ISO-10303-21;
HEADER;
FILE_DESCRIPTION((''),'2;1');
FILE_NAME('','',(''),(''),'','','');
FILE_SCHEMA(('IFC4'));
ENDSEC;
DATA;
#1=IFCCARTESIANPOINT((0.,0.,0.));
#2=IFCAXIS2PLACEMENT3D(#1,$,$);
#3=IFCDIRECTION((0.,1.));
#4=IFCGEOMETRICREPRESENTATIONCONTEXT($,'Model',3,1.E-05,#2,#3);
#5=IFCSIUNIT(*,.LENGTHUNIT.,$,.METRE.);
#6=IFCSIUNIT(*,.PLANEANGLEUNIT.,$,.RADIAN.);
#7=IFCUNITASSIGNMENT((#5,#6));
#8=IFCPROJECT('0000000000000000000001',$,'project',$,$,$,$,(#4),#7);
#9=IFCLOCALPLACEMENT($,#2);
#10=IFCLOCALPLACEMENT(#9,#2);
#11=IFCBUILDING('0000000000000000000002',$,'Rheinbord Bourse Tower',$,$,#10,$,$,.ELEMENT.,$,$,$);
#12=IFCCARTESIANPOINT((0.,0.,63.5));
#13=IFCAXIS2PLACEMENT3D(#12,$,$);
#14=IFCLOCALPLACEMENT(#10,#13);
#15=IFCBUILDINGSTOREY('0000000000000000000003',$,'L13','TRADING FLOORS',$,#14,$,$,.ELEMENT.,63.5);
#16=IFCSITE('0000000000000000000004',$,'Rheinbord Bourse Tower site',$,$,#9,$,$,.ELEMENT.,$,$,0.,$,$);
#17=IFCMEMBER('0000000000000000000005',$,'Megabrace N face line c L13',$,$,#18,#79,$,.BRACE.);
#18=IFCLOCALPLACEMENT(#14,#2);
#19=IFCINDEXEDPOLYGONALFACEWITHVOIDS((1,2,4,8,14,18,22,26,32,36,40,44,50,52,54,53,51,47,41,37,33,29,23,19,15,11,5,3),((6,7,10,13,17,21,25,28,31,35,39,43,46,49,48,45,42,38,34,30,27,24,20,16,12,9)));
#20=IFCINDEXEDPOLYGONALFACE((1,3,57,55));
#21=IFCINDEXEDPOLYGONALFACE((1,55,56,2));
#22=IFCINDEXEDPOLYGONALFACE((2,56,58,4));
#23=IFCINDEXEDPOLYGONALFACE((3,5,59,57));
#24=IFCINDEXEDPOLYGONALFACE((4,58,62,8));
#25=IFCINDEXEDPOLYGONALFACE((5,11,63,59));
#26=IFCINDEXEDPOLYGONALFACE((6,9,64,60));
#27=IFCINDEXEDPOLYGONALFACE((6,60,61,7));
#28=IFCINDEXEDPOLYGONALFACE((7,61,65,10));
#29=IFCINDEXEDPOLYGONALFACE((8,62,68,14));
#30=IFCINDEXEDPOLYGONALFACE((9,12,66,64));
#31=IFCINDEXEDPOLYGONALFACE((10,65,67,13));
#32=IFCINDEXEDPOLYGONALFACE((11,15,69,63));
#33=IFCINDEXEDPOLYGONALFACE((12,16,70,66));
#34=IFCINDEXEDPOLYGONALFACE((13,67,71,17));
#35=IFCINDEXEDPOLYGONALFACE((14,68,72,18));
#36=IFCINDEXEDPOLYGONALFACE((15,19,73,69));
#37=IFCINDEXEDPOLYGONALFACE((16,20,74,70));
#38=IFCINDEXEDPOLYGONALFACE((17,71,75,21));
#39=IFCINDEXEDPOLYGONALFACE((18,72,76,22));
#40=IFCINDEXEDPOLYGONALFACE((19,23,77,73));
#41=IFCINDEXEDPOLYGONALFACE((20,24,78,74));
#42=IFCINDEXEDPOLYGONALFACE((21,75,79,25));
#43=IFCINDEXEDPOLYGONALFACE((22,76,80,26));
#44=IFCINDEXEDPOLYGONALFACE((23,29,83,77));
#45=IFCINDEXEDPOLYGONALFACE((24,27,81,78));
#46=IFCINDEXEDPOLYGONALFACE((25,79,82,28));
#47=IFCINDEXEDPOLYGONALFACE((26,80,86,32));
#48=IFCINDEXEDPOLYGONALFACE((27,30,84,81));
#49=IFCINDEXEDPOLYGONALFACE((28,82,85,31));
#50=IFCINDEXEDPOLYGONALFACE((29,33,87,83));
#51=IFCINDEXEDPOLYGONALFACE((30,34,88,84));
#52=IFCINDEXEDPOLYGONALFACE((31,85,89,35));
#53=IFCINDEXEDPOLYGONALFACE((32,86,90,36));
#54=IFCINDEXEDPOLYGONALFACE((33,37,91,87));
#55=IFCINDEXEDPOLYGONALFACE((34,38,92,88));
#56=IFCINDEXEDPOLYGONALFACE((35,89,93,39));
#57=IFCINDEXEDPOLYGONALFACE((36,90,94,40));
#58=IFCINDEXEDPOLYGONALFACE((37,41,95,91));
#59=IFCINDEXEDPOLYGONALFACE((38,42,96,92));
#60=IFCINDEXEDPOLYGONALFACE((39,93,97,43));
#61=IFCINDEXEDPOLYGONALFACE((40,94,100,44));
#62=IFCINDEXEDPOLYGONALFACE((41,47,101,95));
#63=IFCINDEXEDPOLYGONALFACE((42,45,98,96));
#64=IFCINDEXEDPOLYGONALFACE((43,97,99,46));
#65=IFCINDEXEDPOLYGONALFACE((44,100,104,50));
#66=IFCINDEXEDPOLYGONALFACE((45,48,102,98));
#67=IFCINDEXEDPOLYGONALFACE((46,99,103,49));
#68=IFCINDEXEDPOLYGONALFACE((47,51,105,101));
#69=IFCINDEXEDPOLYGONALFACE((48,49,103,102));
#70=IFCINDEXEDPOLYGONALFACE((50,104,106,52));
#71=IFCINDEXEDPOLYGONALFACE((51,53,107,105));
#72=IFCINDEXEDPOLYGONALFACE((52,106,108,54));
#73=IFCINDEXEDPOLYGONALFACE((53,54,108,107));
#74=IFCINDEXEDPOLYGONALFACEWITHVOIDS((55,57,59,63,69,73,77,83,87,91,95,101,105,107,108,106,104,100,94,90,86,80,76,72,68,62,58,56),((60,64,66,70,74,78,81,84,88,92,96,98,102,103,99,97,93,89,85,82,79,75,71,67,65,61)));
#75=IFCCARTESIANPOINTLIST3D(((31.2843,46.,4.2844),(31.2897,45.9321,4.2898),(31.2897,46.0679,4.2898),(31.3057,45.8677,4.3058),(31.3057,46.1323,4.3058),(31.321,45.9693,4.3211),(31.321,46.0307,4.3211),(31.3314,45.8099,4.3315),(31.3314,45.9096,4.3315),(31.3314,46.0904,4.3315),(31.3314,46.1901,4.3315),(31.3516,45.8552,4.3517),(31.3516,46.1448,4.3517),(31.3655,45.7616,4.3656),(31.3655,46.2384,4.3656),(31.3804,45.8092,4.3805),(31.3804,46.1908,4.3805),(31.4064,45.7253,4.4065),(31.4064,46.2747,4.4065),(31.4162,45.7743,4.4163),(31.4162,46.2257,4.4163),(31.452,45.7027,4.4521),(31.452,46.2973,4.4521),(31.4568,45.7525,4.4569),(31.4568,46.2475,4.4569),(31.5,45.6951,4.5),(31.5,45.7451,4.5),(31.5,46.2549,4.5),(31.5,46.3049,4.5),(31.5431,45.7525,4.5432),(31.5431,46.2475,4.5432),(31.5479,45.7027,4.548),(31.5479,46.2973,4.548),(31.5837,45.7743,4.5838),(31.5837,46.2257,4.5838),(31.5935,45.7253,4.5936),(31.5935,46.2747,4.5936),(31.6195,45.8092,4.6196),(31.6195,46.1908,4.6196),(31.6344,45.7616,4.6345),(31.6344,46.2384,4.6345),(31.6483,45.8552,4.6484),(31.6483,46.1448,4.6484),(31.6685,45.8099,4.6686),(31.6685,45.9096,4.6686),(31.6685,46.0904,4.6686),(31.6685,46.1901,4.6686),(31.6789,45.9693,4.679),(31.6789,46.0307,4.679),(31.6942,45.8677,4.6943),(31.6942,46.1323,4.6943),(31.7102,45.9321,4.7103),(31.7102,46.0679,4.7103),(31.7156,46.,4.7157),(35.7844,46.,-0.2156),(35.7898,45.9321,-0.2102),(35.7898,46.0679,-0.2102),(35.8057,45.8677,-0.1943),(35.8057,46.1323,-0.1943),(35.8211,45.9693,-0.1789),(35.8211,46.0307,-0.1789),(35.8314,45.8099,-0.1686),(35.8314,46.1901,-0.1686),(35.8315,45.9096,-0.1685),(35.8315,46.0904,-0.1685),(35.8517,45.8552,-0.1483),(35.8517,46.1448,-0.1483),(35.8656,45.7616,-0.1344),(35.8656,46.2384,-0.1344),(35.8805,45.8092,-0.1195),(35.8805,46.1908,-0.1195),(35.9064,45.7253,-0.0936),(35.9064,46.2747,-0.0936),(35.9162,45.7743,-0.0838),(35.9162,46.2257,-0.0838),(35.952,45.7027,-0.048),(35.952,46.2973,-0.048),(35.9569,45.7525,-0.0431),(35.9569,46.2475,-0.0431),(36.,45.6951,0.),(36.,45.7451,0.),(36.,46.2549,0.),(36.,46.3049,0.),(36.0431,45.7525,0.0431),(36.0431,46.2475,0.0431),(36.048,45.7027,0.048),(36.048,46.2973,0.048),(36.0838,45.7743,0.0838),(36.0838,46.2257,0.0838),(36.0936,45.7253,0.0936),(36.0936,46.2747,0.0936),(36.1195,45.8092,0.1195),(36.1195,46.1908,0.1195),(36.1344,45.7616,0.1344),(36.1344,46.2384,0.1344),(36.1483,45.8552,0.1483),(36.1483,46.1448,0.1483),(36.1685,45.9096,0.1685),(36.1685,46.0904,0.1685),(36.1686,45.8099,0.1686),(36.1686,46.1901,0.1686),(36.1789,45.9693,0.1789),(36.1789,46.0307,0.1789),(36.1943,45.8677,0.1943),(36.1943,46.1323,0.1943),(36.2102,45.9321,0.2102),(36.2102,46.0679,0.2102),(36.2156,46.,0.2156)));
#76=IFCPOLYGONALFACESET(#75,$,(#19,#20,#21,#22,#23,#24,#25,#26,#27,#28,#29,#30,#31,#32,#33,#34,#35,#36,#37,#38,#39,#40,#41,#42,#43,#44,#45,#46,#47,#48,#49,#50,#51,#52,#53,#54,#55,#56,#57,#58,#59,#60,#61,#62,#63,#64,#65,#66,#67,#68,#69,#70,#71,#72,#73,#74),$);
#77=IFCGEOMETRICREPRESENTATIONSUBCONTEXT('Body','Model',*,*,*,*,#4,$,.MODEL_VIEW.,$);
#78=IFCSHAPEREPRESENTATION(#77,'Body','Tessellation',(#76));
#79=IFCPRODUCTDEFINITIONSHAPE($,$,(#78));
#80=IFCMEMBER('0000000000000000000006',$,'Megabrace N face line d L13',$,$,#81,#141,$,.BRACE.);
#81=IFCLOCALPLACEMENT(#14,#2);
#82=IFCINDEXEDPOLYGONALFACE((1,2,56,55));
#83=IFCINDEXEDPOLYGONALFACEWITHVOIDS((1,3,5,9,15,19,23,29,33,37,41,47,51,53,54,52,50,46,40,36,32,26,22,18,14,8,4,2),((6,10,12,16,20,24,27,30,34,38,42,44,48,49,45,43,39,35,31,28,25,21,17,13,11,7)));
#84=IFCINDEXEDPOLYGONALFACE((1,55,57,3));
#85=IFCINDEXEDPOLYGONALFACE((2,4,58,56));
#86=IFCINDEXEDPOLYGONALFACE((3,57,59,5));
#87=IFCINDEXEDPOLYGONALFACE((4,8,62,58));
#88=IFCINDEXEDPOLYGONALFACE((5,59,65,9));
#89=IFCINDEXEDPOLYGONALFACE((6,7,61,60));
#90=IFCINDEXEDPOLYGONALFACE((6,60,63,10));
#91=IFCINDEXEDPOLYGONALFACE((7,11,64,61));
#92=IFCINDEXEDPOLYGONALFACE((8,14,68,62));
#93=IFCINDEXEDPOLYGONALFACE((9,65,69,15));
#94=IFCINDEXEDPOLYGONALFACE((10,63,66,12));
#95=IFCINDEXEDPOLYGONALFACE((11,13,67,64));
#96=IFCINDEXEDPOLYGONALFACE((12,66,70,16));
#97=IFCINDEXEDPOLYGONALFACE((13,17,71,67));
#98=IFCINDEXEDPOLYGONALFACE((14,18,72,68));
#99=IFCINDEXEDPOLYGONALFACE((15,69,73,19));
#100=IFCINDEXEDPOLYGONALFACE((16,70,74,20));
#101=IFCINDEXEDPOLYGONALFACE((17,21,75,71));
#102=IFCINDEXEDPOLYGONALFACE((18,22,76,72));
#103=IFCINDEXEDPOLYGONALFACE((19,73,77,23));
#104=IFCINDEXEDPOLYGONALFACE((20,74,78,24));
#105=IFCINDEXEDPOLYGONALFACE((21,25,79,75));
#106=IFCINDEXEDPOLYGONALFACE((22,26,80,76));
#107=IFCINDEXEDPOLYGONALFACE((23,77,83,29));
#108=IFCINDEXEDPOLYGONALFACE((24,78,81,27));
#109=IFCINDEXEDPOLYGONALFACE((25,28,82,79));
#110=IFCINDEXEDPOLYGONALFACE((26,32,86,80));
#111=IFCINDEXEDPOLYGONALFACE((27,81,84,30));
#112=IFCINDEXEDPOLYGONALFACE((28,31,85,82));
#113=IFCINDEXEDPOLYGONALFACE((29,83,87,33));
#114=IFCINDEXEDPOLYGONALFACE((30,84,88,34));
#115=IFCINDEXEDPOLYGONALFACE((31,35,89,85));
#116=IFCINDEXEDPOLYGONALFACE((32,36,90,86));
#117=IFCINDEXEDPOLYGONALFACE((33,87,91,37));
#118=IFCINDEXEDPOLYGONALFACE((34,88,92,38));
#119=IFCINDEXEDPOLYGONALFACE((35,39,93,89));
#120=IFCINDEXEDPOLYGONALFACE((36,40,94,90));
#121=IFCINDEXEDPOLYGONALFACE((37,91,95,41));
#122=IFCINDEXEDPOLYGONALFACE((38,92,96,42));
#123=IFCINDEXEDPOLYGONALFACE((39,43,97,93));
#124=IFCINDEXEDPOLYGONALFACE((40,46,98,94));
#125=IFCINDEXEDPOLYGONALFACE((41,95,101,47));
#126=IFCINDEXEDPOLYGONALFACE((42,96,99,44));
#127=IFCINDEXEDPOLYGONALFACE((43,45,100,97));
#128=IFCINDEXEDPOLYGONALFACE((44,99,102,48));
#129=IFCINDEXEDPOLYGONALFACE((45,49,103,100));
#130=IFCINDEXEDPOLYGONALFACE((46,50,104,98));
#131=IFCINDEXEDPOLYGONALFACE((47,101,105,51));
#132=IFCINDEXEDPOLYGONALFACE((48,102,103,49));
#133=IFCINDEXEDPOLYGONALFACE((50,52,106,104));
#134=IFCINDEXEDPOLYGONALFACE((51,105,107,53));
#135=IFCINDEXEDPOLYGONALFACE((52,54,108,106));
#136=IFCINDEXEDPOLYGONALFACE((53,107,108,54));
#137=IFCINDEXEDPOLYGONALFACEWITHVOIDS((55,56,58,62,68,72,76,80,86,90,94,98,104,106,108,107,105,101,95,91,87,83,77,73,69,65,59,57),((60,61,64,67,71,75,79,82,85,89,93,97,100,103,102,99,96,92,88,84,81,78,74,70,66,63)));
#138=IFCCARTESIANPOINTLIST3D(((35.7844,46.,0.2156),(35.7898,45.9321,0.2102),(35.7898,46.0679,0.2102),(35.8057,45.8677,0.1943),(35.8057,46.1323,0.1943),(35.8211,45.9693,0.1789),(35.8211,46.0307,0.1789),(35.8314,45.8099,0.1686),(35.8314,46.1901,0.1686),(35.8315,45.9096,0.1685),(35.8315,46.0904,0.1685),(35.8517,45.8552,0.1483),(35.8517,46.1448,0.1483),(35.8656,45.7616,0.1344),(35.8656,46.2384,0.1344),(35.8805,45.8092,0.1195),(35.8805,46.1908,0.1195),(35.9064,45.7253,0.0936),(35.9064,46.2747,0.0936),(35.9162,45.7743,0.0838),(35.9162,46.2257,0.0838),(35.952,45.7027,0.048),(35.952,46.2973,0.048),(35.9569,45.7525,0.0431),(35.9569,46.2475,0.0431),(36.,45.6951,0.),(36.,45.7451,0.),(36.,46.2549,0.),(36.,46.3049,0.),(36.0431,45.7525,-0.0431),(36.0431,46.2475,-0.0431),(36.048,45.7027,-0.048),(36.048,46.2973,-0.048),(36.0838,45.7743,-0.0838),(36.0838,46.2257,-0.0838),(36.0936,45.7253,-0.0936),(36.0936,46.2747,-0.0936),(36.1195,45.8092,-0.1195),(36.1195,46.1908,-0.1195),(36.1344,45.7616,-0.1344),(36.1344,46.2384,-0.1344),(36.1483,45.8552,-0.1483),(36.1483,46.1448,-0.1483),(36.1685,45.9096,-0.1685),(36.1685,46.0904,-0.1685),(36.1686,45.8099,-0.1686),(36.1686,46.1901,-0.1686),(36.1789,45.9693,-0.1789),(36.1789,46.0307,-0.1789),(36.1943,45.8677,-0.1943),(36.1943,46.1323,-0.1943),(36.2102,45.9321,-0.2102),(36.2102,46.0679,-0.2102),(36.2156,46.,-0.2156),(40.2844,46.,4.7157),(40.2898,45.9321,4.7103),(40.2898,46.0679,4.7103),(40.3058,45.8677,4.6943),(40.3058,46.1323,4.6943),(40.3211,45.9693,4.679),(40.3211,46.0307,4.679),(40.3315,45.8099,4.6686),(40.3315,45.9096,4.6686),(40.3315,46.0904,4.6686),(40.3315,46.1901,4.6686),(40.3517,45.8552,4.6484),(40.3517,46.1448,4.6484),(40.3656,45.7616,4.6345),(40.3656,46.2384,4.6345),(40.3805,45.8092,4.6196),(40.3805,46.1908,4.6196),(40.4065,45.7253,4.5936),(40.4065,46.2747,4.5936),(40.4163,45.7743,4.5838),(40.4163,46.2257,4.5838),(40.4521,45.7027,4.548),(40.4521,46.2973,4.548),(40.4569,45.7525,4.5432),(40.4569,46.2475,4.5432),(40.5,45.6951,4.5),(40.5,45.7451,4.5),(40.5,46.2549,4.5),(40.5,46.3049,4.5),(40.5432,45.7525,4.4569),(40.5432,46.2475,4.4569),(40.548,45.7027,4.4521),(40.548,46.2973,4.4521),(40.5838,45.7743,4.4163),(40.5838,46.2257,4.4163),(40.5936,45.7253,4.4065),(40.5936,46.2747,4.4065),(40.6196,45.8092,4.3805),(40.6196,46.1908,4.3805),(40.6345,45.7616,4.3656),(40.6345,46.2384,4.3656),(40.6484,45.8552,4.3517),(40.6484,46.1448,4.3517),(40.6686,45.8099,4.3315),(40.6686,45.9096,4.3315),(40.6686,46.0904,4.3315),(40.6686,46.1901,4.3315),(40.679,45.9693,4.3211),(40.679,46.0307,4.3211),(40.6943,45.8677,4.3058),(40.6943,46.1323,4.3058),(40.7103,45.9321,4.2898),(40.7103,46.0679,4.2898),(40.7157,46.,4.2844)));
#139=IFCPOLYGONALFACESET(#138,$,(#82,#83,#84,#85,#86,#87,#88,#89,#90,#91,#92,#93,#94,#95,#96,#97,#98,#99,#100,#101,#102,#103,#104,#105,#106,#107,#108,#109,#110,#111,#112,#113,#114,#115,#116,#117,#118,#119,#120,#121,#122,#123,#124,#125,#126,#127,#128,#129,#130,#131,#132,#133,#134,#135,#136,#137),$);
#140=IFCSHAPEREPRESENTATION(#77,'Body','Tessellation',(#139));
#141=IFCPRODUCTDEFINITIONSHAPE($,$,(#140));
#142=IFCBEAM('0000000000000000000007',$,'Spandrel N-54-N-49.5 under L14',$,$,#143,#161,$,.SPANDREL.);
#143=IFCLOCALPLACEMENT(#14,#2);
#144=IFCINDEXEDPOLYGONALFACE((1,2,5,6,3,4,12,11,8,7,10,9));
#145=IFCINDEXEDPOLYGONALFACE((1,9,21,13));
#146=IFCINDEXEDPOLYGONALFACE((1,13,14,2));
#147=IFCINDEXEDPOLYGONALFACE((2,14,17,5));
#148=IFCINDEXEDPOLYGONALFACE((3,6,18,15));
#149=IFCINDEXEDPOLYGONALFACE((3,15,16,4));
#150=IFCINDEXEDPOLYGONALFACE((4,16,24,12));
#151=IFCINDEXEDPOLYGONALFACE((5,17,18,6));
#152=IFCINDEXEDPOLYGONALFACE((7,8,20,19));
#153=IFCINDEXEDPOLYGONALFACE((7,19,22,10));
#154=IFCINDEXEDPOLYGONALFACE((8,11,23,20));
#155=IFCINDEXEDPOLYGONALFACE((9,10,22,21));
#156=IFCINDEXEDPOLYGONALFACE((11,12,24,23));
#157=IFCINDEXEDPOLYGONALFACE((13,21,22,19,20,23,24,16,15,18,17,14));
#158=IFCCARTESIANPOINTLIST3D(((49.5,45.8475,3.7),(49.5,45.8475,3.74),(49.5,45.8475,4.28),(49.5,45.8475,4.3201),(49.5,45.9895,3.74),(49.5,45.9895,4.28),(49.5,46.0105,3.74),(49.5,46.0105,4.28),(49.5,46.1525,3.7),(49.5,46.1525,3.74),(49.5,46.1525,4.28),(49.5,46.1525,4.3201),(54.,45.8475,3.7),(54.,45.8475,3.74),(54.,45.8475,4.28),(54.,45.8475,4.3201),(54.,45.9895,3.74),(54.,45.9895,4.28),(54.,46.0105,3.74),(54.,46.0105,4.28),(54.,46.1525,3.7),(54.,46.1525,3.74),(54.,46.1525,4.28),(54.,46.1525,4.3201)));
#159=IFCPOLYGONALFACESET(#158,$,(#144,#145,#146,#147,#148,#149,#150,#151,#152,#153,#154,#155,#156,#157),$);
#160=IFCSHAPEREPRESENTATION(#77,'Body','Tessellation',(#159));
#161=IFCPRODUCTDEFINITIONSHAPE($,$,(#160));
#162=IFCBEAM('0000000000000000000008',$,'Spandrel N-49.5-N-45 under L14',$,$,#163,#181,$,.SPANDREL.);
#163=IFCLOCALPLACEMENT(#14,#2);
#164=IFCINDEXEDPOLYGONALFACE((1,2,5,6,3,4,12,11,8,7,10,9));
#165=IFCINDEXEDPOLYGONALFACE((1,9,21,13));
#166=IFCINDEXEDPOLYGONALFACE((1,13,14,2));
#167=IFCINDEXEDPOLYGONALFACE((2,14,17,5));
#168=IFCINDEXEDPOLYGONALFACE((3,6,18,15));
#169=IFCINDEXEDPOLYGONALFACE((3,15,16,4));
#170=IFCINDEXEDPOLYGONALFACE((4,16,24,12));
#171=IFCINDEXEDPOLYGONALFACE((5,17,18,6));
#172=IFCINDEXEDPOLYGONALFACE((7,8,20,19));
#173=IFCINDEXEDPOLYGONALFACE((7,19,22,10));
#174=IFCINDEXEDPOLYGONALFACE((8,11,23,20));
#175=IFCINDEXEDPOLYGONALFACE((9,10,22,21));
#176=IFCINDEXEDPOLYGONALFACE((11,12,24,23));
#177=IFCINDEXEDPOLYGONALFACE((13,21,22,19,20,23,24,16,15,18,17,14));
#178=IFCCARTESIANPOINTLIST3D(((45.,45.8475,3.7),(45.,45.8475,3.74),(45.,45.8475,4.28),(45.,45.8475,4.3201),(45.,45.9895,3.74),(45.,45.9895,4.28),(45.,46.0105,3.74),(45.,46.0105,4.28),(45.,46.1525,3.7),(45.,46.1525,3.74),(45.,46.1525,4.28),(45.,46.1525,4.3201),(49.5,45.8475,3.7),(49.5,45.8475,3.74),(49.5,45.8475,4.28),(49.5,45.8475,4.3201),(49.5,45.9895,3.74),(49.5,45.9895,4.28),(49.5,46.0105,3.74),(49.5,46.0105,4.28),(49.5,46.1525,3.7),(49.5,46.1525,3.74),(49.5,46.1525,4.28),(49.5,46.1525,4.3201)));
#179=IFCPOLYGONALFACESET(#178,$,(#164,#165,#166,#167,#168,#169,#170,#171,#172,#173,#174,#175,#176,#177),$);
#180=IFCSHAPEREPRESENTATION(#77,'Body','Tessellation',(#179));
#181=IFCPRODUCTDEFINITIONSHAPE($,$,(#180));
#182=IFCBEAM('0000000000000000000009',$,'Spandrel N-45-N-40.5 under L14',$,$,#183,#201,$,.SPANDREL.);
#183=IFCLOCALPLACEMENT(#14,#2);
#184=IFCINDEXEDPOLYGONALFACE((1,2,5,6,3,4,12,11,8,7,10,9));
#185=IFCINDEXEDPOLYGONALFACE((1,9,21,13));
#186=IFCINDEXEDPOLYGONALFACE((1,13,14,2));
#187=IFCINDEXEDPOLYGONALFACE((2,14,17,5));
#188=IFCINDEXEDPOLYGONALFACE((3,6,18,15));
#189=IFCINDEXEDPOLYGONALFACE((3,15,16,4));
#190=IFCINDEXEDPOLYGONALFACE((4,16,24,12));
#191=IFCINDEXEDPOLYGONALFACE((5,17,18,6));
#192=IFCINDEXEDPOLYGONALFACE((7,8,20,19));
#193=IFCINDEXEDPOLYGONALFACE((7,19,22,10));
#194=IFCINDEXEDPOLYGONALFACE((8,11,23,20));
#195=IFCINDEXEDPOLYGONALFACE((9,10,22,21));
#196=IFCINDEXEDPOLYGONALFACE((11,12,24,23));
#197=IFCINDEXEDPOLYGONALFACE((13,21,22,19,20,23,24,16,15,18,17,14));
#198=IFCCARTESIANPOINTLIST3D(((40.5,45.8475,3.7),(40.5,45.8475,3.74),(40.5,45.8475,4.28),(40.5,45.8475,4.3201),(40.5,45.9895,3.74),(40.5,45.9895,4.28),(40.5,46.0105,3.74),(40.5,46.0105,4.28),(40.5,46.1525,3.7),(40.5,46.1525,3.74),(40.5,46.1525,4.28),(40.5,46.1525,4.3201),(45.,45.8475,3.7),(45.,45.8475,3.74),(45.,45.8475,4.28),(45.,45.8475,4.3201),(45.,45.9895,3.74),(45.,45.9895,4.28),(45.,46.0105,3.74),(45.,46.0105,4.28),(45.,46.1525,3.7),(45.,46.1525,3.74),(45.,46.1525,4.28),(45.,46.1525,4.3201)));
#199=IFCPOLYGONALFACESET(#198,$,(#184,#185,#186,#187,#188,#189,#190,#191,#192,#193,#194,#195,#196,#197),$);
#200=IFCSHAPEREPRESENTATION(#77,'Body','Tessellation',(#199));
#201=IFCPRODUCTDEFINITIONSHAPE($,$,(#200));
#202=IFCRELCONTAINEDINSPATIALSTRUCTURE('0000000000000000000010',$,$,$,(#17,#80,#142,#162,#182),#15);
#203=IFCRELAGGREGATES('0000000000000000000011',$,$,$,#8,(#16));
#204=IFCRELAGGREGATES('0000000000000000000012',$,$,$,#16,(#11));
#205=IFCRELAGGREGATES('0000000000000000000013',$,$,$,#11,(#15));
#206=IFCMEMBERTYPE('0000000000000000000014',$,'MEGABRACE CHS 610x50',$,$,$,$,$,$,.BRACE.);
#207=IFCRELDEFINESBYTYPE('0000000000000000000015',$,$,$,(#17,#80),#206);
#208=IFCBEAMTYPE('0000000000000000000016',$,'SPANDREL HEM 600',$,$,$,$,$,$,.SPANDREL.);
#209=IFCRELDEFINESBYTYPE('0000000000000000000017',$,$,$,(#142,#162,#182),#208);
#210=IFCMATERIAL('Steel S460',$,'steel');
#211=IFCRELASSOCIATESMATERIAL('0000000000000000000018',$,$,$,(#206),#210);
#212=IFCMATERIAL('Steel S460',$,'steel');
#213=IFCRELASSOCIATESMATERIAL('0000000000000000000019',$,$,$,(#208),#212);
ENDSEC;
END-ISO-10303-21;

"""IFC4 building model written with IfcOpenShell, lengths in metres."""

from ifc_helpers import new_model, si_unit, direction, frame, origin, origin_2d, place, context, subcontext, project, spatial, hollow_circle, i_section, extrude, material, material_profile, profile_set, type_object, element, save


model = new_model("IFC4")

# Units and contexts
model_context = context("Model", 3, precision=1e-05, world=origin(), true_north=direction((0.0, 1.0)))
body_context = subcontext(model_context, "Body", "Model", "MODEL_VIEW")
ifc_project = project(units=[si_unit("LENGTHUNIT", "METRE"), si_unit("PLANEANGLEUNIT", "RADIAN")], contexts=[model_context])

# Site, building, storey
site_placement = place(None, origin())
site = spatial("IfcSite", under=ifc_project, at=site_placement, Name="Rheinbord Bourse Tower site", CompositionType="ELEMENT", RefElevation=0.0)
building_placement = place(site_placement, origin())
building = spatial("IfcBuilding", under=site, at=building_placement, Name="Rheinbord Bourse Tower", CompositionType="ELEMENT")
storey_placement = place(building_placement, frame((0.0, 0.0, 63.5)))
storey = spatial("IfcBuildingStorey", under=building, at=storey_placement, Name="L13", Description="TRADING FLOORS", CompositionType="ELEMENT", Elevation=63.5)

# Members
ifc_material_1 = material(Name="Steel S460", Category="steel")
ifc_material_profile_1 = material_profile(ifc_material_1, hollow_circle(Radius=0.3049, WallThickness=0.05, at=origin_2d()), Name="CHS 610x50")
ifc_profile_set_1 = profile_set([ifc_material_profile_1], Name="Steel S460")
member_type_1 = type_object("IfcMemberType", Name="MEGABRACE CHS 610x50", PredefinedType="BRACE", material=ifc_profile_set_1)
for number, where, z_axis, x_axis, name in (
    (1, (36.0, 46.0, 0.0), (-0.707107, 0.0, 0.707107), (0.0, -1.0, 0.0), "Megabrace N face line c L13"),
    (2, (36.0, 46.0, 0.0), (0.707107, 0.0, 0.707107), (0.0, 1.0, 0.0), "Megabrace N face line d L13"),
):
    element("IfcMember", number, at=place(storey_placement, frame(where, z_axis=z_axis, x_axis=x_axis)), inside=storey, type_object=member_type_1, Name=name, PredefinedType="BRACE", context=body_context, shape_type="SweptSolid", body=[
        extrude(hollow_circle(Radius=0.3049, WallThickness=0.05, at=origin_2d()), origin(), (0.0, 0.0, 1.0), 6.364),
    ])

# Beams
ifc_material_2 = material(Name="Steel S460", Category="steel")
ifc_material_profile_2 = material_profile(ifc_material_2, i_section(OverallWidth=0.3049, OverallDepth=0.6201, WebThickness=0.021, FlangeThickness=0.04, at=origin_2d()), Name="HEM 600")
ifc_profile_set_2 = profile_set([ifc_material_profile_2], Name="Steel S460")
beam_type_1 = type_object("IfcBeamType", Name="SPANDREL HEM 600", PredefinedType="SPANDREL", material=ifc_profile_set_2)
for number, where, z_axis, x_axis, name in (
    (3, (54.0, 46.0, 4.01), (-1.0, 0.0, 0.0), (0.0, -1.0, 0.0), "Spandrel N-54-N-49.5 under L14"),
    (4, (49.5, 46.0, 4.01), (-1.0, 0.0, 0.0), (0.0, -1.0, 0.0), "Spandrel N-49.5-N-45 under L14"),
    (5, (45.0, 46.0, 4.01), (-1.0, 0.0, 0.0), (0.0, -1.0, 0.0), "Spandrel N-45-N-40.5 under L14"),
):
    element("IfcBeam", number, at=place(storey_placement, frame(where, z_axis=z_axis, x_axis=x_axis)), inside=storey, type_object=beam_type_1, Name=name, PredefinedType="SPANDREL", context=body_context, shape_type="SweptSolid", body=[
        extrude(i_section(OverallWidth=0.3049, OverallDepth=0.6201, WebThickness=0.021, FlangeThickness=0.04, at=origin_2d()), origin(), (0.0, 0.0, 1.0), 4.5),
    ])

save(model, "model.ifc")
